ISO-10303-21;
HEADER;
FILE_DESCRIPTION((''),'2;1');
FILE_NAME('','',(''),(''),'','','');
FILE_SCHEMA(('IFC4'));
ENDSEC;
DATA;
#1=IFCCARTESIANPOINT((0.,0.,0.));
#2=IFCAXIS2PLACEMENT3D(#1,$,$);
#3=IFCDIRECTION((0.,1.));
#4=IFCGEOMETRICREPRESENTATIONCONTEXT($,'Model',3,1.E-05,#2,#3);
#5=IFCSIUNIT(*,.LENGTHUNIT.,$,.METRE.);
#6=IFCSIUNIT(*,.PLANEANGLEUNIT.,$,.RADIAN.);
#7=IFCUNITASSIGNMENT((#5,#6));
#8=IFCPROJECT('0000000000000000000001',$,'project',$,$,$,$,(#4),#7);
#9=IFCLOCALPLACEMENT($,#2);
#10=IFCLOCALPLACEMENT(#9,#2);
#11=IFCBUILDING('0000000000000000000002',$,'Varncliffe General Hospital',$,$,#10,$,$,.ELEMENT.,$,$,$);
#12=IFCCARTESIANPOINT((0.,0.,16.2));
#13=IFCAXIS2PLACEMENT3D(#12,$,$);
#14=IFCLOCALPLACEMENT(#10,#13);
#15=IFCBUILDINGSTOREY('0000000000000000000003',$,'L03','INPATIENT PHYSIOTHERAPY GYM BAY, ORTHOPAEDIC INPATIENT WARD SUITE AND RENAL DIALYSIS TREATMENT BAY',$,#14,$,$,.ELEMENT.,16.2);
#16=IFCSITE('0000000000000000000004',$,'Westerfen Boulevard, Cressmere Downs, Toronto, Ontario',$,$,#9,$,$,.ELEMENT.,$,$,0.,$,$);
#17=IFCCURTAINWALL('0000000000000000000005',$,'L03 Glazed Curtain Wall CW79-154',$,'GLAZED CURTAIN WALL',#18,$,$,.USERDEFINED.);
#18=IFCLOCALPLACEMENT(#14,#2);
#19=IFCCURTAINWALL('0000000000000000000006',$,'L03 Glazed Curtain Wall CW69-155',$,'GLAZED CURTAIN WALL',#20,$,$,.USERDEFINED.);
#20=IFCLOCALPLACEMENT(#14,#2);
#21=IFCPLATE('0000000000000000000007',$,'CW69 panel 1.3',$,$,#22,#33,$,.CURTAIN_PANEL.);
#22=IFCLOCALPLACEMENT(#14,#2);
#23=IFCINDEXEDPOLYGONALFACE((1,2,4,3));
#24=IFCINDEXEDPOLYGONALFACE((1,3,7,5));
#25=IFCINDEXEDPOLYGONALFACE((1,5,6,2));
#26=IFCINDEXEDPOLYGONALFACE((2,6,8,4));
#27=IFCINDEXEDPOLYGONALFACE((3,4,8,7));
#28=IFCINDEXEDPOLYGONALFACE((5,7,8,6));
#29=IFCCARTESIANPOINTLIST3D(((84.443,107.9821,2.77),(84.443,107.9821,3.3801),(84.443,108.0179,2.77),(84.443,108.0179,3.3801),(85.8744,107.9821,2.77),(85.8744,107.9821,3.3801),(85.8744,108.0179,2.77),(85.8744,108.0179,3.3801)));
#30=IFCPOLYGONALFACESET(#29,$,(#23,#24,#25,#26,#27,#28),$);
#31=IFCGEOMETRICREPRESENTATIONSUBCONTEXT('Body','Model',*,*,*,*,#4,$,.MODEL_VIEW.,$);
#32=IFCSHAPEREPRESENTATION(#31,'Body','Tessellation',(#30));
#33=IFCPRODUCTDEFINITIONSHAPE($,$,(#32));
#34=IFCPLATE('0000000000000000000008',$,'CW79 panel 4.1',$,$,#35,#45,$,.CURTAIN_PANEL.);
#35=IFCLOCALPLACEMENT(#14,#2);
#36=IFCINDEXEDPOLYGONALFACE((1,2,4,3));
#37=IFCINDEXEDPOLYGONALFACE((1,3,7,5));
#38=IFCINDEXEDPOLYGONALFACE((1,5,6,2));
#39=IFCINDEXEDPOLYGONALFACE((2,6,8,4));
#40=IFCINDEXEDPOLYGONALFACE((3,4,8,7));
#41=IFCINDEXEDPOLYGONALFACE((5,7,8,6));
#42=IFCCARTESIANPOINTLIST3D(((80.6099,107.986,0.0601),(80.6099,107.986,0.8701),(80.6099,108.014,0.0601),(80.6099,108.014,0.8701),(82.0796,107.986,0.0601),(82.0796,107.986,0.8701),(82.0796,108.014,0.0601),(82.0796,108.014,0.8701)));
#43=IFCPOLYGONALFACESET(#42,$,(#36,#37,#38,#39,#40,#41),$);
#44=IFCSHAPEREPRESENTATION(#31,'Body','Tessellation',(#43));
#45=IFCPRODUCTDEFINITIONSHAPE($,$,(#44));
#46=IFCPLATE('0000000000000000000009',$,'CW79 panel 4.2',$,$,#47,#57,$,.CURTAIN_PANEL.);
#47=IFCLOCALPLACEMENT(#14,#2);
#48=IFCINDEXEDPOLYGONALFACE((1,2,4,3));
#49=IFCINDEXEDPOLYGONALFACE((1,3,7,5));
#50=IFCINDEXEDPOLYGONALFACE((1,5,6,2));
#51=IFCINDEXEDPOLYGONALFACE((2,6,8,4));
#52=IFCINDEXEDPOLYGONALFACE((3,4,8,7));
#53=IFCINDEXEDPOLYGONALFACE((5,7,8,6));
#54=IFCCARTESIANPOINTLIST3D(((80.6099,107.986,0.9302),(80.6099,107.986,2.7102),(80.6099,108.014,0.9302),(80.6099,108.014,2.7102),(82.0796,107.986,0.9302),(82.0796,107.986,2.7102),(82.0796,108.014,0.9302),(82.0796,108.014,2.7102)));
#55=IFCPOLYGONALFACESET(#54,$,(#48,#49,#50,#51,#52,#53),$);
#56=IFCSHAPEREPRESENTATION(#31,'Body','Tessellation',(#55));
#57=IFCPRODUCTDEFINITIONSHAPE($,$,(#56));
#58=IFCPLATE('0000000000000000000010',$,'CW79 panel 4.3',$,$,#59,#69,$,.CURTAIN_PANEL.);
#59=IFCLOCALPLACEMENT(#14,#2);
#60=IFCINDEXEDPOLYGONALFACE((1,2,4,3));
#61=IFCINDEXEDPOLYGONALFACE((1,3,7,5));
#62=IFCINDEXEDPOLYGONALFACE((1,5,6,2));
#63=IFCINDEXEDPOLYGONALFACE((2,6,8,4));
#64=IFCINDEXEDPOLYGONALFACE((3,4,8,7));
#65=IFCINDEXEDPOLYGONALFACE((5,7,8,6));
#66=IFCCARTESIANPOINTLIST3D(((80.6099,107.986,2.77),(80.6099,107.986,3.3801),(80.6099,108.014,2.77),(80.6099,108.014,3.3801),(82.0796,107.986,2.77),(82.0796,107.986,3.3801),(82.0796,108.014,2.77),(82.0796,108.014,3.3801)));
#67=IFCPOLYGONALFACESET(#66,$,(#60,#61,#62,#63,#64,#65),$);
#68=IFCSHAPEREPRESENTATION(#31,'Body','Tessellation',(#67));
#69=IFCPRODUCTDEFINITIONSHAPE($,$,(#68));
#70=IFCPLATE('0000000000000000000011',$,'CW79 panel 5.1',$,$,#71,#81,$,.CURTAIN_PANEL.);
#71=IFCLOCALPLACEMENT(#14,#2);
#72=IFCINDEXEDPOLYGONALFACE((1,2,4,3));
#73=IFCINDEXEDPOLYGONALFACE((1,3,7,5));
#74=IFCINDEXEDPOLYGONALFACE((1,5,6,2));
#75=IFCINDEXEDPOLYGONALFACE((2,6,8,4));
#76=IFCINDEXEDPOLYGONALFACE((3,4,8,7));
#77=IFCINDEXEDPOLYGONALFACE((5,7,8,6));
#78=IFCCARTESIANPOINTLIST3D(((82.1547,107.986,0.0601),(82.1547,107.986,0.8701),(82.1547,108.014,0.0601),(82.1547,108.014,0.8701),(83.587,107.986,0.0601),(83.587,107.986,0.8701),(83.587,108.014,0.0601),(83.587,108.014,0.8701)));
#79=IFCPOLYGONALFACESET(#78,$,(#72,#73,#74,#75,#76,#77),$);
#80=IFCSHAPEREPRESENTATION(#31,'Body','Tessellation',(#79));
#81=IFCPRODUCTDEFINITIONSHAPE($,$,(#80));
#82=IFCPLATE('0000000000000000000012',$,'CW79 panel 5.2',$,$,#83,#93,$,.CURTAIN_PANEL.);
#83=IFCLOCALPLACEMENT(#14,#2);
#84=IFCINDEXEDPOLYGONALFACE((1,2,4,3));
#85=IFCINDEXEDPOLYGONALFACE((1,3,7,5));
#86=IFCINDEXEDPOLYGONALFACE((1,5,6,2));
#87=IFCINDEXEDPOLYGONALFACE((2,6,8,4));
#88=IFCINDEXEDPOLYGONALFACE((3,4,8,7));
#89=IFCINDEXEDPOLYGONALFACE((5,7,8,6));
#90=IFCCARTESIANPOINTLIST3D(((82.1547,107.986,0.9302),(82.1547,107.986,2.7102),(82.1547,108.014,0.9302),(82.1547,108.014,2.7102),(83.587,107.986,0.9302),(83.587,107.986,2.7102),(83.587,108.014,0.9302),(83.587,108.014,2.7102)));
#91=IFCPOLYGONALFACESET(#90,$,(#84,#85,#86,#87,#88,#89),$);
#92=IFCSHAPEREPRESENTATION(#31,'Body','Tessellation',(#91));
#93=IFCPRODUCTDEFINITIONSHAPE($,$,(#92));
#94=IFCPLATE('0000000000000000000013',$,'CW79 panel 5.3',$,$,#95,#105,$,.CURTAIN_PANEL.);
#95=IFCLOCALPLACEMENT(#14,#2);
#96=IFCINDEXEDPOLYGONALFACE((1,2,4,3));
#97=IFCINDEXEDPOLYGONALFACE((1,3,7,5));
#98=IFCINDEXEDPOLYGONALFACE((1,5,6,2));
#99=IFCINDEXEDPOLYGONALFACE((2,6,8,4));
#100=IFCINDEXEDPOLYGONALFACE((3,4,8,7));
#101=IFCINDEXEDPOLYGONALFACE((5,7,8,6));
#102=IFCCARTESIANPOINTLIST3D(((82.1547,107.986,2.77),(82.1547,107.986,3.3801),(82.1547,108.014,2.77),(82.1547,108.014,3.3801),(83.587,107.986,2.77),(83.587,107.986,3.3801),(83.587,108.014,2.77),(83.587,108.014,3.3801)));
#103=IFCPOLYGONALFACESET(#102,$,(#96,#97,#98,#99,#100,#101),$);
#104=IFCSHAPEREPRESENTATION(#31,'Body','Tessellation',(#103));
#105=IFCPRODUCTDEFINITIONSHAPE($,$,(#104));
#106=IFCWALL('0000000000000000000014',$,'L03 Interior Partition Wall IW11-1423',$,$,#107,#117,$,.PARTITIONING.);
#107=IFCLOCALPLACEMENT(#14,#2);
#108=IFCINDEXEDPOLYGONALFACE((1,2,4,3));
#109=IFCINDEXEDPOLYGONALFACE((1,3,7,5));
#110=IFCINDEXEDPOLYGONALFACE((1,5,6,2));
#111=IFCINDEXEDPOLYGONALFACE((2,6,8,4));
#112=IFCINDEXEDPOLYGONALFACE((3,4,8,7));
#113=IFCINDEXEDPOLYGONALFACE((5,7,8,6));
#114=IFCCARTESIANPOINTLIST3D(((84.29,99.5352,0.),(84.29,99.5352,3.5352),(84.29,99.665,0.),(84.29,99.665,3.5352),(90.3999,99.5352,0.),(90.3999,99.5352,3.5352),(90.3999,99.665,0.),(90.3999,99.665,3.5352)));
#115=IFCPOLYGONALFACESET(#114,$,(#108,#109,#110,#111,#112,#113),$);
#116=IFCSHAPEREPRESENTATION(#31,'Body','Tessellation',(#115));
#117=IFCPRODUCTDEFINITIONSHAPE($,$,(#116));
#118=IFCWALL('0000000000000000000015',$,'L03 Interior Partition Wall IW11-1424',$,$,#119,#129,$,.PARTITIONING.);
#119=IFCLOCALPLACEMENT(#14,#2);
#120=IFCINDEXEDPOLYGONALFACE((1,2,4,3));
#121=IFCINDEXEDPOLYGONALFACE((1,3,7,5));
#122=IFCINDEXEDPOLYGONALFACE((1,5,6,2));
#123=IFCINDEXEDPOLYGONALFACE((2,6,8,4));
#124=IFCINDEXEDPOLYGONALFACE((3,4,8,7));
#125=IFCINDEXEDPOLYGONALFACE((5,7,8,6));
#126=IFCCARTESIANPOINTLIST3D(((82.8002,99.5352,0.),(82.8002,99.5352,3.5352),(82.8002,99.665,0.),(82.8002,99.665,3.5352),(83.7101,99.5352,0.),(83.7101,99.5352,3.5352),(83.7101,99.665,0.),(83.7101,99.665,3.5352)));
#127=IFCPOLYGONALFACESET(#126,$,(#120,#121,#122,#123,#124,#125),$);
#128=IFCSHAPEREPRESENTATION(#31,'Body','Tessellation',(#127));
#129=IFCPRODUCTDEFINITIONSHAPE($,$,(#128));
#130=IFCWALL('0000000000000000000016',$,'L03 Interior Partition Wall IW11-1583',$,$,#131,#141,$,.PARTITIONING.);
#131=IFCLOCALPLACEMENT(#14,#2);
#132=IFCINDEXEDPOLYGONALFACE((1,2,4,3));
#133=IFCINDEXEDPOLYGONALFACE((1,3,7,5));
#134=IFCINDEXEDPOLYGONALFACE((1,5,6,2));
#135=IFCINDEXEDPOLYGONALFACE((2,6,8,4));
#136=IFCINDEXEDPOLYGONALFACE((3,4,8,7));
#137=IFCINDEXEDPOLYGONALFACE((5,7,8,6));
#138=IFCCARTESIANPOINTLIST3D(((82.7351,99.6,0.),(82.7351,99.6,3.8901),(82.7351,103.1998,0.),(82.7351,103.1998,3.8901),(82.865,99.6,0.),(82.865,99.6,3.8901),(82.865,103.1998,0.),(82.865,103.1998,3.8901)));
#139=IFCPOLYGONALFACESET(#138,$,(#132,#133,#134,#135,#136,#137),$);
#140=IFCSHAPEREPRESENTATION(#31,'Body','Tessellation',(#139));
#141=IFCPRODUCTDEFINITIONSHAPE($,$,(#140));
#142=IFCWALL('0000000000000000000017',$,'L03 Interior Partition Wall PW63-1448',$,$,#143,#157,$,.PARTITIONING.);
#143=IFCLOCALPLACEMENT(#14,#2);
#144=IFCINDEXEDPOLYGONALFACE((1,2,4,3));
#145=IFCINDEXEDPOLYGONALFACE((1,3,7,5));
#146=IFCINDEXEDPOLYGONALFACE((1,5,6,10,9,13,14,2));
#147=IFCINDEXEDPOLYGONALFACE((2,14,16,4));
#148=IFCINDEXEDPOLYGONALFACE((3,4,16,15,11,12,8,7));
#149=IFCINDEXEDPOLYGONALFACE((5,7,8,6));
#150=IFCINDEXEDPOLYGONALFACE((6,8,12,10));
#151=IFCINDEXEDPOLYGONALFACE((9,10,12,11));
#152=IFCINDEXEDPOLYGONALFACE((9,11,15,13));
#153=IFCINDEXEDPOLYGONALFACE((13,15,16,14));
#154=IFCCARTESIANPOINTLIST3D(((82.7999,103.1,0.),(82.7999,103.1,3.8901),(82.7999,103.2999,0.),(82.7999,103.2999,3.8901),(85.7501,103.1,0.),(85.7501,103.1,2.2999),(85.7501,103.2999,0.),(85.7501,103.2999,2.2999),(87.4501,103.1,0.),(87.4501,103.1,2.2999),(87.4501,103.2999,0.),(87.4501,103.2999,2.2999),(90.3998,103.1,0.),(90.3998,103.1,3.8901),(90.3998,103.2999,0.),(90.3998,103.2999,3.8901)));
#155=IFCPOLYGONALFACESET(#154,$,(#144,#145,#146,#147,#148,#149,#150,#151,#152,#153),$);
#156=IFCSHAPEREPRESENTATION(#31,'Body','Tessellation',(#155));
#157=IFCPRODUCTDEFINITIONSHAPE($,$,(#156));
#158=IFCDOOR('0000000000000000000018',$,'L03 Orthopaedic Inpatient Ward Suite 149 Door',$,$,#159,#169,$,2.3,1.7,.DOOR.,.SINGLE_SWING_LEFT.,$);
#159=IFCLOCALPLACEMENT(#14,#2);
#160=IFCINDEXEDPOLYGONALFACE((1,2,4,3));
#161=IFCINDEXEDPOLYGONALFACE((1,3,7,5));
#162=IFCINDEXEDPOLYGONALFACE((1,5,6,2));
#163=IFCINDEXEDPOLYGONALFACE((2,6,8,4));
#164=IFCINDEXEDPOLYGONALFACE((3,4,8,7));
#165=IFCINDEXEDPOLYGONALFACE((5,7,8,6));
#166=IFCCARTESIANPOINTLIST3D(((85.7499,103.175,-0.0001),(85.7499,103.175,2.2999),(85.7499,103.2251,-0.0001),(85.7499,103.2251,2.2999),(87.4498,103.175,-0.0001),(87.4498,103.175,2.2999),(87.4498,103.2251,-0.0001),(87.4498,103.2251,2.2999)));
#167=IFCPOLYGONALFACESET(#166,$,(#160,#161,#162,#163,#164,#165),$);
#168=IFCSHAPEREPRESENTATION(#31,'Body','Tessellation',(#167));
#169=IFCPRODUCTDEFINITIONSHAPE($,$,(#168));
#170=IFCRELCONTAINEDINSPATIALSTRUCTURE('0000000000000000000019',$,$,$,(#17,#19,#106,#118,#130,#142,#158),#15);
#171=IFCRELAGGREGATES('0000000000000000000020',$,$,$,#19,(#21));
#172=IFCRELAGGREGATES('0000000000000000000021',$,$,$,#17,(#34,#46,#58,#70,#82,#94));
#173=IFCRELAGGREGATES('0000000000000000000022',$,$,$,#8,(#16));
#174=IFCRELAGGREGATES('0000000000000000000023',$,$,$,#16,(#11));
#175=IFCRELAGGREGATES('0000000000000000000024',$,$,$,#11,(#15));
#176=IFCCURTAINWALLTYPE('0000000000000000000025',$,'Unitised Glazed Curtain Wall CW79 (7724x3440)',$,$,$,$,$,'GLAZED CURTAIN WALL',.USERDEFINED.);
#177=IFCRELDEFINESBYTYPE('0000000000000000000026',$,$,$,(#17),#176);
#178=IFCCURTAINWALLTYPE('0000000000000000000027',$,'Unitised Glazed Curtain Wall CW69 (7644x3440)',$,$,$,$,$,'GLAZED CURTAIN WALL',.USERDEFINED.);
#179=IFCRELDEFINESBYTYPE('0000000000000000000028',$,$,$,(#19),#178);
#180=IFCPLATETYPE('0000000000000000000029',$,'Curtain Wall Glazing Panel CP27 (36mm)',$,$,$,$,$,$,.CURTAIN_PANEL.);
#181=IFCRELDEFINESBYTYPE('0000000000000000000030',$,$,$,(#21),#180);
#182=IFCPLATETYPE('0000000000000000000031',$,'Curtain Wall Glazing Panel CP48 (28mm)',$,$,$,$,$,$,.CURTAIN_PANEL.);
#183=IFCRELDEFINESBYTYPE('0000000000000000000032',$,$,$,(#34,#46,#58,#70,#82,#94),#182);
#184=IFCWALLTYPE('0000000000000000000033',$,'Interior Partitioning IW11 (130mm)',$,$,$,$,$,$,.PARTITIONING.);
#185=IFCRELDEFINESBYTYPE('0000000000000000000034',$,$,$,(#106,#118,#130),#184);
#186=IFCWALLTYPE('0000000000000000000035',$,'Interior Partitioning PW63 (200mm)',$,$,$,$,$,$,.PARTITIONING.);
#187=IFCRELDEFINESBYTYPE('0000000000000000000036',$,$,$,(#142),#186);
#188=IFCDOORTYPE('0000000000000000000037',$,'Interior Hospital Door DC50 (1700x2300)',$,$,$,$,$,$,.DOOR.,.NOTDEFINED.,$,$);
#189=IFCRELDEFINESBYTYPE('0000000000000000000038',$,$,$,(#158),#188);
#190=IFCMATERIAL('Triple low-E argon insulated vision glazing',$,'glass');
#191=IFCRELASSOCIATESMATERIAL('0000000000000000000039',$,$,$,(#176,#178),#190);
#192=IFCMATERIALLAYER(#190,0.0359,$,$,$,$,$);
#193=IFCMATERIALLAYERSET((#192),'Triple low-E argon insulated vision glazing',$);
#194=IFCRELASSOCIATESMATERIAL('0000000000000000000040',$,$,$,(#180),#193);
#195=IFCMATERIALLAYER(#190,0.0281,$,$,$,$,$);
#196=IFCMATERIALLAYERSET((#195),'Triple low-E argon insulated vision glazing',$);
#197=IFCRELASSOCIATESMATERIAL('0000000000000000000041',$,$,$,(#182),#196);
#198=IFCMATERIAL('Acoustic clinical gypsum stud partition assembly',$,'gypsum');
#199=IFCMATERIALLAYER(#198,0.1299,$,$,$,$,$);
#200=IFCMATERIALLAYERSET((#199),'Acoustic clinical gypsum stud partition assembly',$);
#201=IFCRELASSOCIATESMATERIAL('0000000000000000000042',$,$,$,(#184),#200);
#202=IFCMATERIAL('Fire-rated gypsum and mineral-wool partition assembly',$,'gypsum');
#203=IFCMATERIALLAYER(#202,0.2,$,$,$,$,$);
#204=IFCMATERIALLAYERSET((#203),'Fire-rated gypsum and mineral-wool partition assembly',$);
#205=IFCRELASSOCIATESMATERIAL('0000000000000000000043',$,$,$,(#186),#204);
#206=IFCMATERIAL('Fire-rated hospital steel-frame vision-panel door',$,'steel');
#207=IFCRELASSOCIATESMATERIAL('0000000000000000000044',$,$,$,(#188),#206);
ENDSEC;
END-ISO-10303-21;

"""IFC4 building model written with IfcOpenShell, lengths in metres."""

from ifc_helpers import new_model, si_unit, direction, frame, frame_2d, origin, origin_2d, place, context, subcontext, project, spatial, rectangle, extrude, material, layer, layer_set, type_object, element, fill, aggregate, save


model = new_model("IFC4")

# Units and contexts
model_context = context("Model", 3, precision=1e-05, world=origin(), true_north=direction((0.0, 1.0)))
body_context = subcontext(model_context, "Body", "Model", "MODEL_VIEW")
ifc_project = project(units=[si_unit("LENGTHUNIT", "METRE"), si_unit("PLANEANGLEUNIT", "RADIAN")], contexts=[model_context])

# Site, building, storey
site_placement = place(None, origin())
site = spatial("IfcSite", under=ifc_project, at=site_placement, Name="Westerfen Boulevard, Cressmere Downs, Toronto, Ontario", CompositionType="ELEMENT", RefElevation=0.0)
building_placement = place(site_placement, origin())
building = spatial("IfcBuilding", under=site, at=building_placement, Name="Varncliffe General Hospital", CompositionType="ELEMENT")
storey_placement = place(building_placement, frame((0.0, 0.0, 16.2)))
storey = spatial("IfcBuildingStorey", under=building, at=storey_placement, Name="L03", Description="INPATIENT PHYSIOTHERAPY GYM BAY, ORTHOPAEDIC INPATIENT WARD SUITE AND RENAL DIALYSIS TREATMENT BAY", CompositionType="ELEMENT", Elevation=16.2)

# Curtain walls
ifc_material_1 = material(Name="Triple low-E argon insulated vision glazing", Category="glass")
curtain_wall_type_1 = type_object("IfcCurtainWallType", Name="Unitised Glazed Curtain Wall CW79 (7724x3440)", ElementType="GLAZED CURTAIN WALL", PredefinedType="USERDEFINED", material=ifc_material_1)
curtain_wall_1_placement = place(storey_placement, origin())
curtain_wall_1 = element("IfcCurtainWall", 1, at=curtain_wall_1_placement, inside=storey, type_object=curtain_wall_type_1, Name="L03 Glazed Curtain Wall CW79-154", ObjectType="GLAZED CURTAIN WALL", PredefinedType="USERDEFINED")
curtain_wall_type_2 = type_object("IfcCurtainWallType", Name="Unitised Glazed Curtain Wall CW69 (7644x3440)", ElementType="GLAZED CURTAIN WALL", PredefinedType="USERDEFINED", material=ifc_material_1)
curtain_wall_2_placement = place(storey_placement, origin())
curtain_wall_2 = element("IfcCurtainWall", 2, at=curtain_wall_2_placement, inside=storey, type_object=curtain_wall_type_2, Name="L03 Glazed Curtain Wall CW69-155", ObjectType="GLAZED CURTAIN WALL", PredefinedType="USERDEFINED")

# Plates
ifc_layer_1 = layer(ifc_material_1, 0.0359)
ifc_layer_set_1 = layer_set([ifc_layer_1], Name="Triple low-E argon insulated vision glazing")
plate_type_1 = type_object("IfcPlateType", Name="Curtain Wall Glazing Panel CP27 (36mm)", PredefinedType="CURTAIN_PANEL", material=ifc_layer_set_1)
plate_1_placement = place(storey_placement, frame((85.1587, 108.0, 2.77), z_axis=(0.0, 0.0, 1.0), x_axis=(1.0, 0.0, 0.0)))
plate_1 = element("IfcPlate", 3, at=plate_1_placement, type_object=plate_type_1, Name="CW69 panel 1.3", PredefinedType="CURTAIN_PANEL", context=body_context, shape_type="SweptSolid", body=[
    extrude(rectangle(XDim=1.4314, YDim=0.0359, at=origin_2d()), origin(), (0.0, 0.0, 1.0), 0.6101),
])
aggregate(curtain_wall_2, [plate_1])
ifc_layer_2 = layer(ifc_material_1, 0.0281)
ifc_layer_set_2 = layer_set([ifc_layer_2], Name="Triple low-E argon insulated vision glazing")
plate_type_2 = type_object("IfcPlateType", Name="Curtain Wall Glazing Panel CP48 (28mm)", PredefinedType="CURTAIN_PANEL", material=ifc_layer_set_2)
plate_2_placement = place(storey_placement, frame((81.3447, 108.0, 0.0601), z_axis=(0.0, 0.0, 1.0), x_axis=(1.0, 0.0, 0.0)))
plate_2 = element("IfcPlate", 4, at=plate_2_placement, type_object=plate_type_2, Name="CW79 panel 4.1", PredefinedType="CURTAIN_PANEL", context=body_context, shape_type="SweptSolid", body=[
    extrude(rectangle(XDim=1.4697, YDim=0.0281, at=origin_2d()), origin(), (0.0, 0.0, 1.0), 0.8101),
])
plate_3_placement = place(storey_placement, frame((81.3447, 108.0, 0.9302), z_axis=(0.0, 0.0, 1.0), x_axis=(1.0, 0.0, 0.0)))
plate_3 = element("IfcPlate", 5, at=plate_3_placement, type_object=plate_type_2, Name="CW79 panel 4.2", PredefinedType="CURTAIN_PANEL", context=body_context, shape_type="SweptSolid", body=[
    extrude(rectangle(XDim=1.4697, YDim=0.0281, at=origin_2d()), origin(), (0.0, 0.0, 1.0), 1.78),
])
plate_4_placement = place(storey_placement, frame((81.3447, 108.0, 2.77), z_axis=(0.0, 0.0, 1.0), x_axis=(1.0, 0.0, 0.0)))
plate_4 = element("IfcPlate", 6, at=plate_4_placement, type_object=plate_type_2, Name="CW79 panel 4.3", PredefinedType="CURTAIN_PANEL", context=body_context, shape_type="SweptSolid", body=[
    extrude(rectangle(XDim=1.4697, YDim=0.0281, at=origin_2d()), origin(), (0.0, 0.0, 1.0), 0.6101),
])
plate_5_placement = place(storey_placement, frame((82.8708, 108.0, 0.0601), z_axis=(0.0, 0.0, 1.0), x_axis=(1.0, 0.0, 0.0)))
plate_5 = element("IfcPlate", 7, at=plate_5_placement, type_object=plate_type_2, Name="CW79 panel 5.1", PredefinedType="CURTAIN_PANEL", context=body_context, shape_type="SweptSolid", body=[
    extrude(rectangle(XDim=1.4324, YDim=0.0281, at=origin_2d()), origin(), (0.0, 0.0, 1.0), 0.8101),
])
plate_6_placement = place(storey_placement, frame((82.8708, 108.0, 0.9302), z_axis=(0.0, 0.0, 1.0), x_axis=(1.0, 0.0, 0.0)))
plate_6 = element("IfcPlate", 8, at=plate_6_placement, type_object=plate_type_2, Name="CW79 panel 5.2", PredefinedType="CURTAIN_PANEL", context=body_context, shape_type="SweptSolid", body=[
    extrude(rectangle(XDim=1.4324, YDim=0.0281, at=origin_2d()), origin(), (0.0, 0.0, 1.0), 1.78),
])
plate_7_placement = place(storey_placement, frame((82.8708, 108.0, 2.77), z_axis=(0.0, 0.0, 1.0), x_axis=(1.0, 0.0, 0.0)))
plate_7 = element("IfcPlate", 9, at=plate_7_placement, type_object=plate_type_2, Name="CW79 panel 5.3", PredefinedType="CURTAIN_PANEL", context=body_context, shape_type="SweptSolid", body=[
    extrude(rectangle(XDim=1.4324, YDim=0.0281, at=origin_2d()), origin(), (0.0, 0.0, 1.0), 0.6101),
])
aggregate(curtain_wall_1, [plate_2, plate_3, plate_4, plate_5, plate_6, plate_7])

# Walls
ifc_material_2 = material(Name="Acoustic clinical gypsum stud partition assembly", Category="gypsum")
ifc_layer_3 = layer(ifc_material_2, 0.1299)
ifc_layer_set_3 = layer_set([ifc_layer_3], Name="Acoustic clinical gypsum stud partition assembly")
wall_type_1 = type_object("IfcWallType", Name="Interior Partitioning IW11 (130mm)", PredefinedType="PARTITIONING", material=ifc_layer_set_3)
wall_1_placement = place(storey_placement, frame((84.29, 99.6001, 0.0), z_axis=(0.0, 0.0, 1.0), x_axis=(1.0, 0.0, 0.0)))
element("IfcWall", 10, at=wall_1_placement, inside=storey, type_object=wall_type_1, Name="L03 Interior Partition Wall IW11-1423", PredefinedType="PARTITIONING", context=body_context, shape_type="SweptSolid", body=[
    extrude(rectangle(XDim=6.1099, YDim=0.1299, at=frame_2d((3.0549, 0.0))), origin(), (0.0, 0.0, 1.0), 3.5352),
])
wall_2_placement = place(storey_placement, frame((82.8, 99.6001, 0.0), z_axis=(0.0, 0.0, 1.0), x_axis=(1.0, 0.0, 0.0)))
element("IfcWall", 11, at=wall_2_placement, inside=storey, type_object=wall_type_1, Name="L03 Interior Partition Wall IW11-1424", PredefinedType="PARTITIONING", context=body_context, shape_type="SweptSolid", body=[
    extrude(rectangle(XDim=0.9099, YDim=0.1299, at=frame_2d((0.4551, 0.0))), origin(), (0.0, 0.0, 1.0), 3.5352),
])
wall_3_placement = place(storey_placement, frame((82.8, 99.6001, 0.0), z_axis=(0.0, 0.0, 1.0), x_axis=(0.0, 1.0, 0.0)))
element("IfcWall", 12, at=wall_3_placement, inside=storey, type_object=wall_type_1, Name="L03 Interior Partition Wall IW11-1583", PredefinedType="PARTITIONING", context=body_context, shape_type="SweptSolid", body=[
    extrude(rectangle(XDim=3.5999, YDim=0.1299, at=frame_2d((1.7998, 0.0))), origin(), (0.0, 0.0, 1.0), 3.8901),
])

# Wall, opening, door
ifc_material_3 = material(Name="Fire-rated gypsum and mineral-wool partition assembly", Category="gypsum")
ifc_layer_4 = layer(ifc_material_3, 0.2)
ifc_layer_set_4 = layer_set([ifc_layer_4], Name="Fire-rated gypsum and mineral-wool partition assembly")
wall_type_2 = type_object("IfcWallType", Name="Interior Partitioning PW63 (200mm)", PredefinedType="PARTITIONING", material=ifc_layer_set_4)
wall_4_placement = place(storey_placement, frame((82.8, 103.2, 0.0), z_axis=(0.0, 0.0, 1.0), x_axis=(1.0, 0.0, 0.0)))
wall_4 = element("IfcWall", 13, at=wall_4_placement, inside=storey, type_object=wall_type_2, Name="L03 Interior Partition Wall PW63-1448", PredefinedType="PARTITIONING", context=body_context, shape_type="SweptSolid", body=[
    extrude(rectangle(XDim=7.5999, YDim=0.2, at=frame_2d((3.7998, 0.0))), origin(), (0.0, 0.0, 1.0), 3.8901),
])
opening_placement = place(wall_4_placement, frame((2.95, 0.0, 0.0)))
opening = element("IfcOpeningElement", 14, at=opening_placement, cuts=wall_4, PredefinedType="OPENING", context=body_context, shape_type="SweptSolid", body=[
    extrude(rectangle(XDim=1.7, YDim=2.3, at=frame_2d((0.8501, 1.1499))), frame((0.0, 0.1099, 0.0), z_axis=(0.0, -1.0, 0.0), x_axis=(1.0, 0.0, 0.0)), (0.0, 0.0, 1.0), 0.22),
])
ifc_material_4 = material(Name="Fire-rated hospital steel-frame vision-panel door", Category="steel")
door_type = type_object("IfcDoorType", Name="Interior Hospital Door DC50 (1700x2300)", OperationType="NOTDEFINED", PredefinedType="DOOR", material=ifc_material_4)
door_placement = place(opening_placement, frame((1.7, 0.0, 0.0), z_axis=(0.0, 0.0, 1.0), x_axis=(-1.0, 0.0, 0.0)))
door = element("IfcDoor", 15, at=door_placement, inside=storey, type_object=door_type, Name="L03 Orthopaedic Inpatient Ward Suite 149 Door", OperationType="SINGLE_SWING_LEFT", OverallHeight=2.3, OverallWidth=1.7, PredefinedType="DOOR", context=body_context, shape_type="SweptSolid", body=[
    extrude(rectangle(XDim=1.7, YDim=2.3, at=frame_2d((0.8501, 1.1499))), frame((0.0, 0.0249, 0.0), z_axis=(0.0, -1.0, 0.0), x_axis=(1.0, 0.0, 0.0)), (0.0, 0.0, 1.0), 0.05),
])
fill(opening, door)

save(model, "model.ifc")
